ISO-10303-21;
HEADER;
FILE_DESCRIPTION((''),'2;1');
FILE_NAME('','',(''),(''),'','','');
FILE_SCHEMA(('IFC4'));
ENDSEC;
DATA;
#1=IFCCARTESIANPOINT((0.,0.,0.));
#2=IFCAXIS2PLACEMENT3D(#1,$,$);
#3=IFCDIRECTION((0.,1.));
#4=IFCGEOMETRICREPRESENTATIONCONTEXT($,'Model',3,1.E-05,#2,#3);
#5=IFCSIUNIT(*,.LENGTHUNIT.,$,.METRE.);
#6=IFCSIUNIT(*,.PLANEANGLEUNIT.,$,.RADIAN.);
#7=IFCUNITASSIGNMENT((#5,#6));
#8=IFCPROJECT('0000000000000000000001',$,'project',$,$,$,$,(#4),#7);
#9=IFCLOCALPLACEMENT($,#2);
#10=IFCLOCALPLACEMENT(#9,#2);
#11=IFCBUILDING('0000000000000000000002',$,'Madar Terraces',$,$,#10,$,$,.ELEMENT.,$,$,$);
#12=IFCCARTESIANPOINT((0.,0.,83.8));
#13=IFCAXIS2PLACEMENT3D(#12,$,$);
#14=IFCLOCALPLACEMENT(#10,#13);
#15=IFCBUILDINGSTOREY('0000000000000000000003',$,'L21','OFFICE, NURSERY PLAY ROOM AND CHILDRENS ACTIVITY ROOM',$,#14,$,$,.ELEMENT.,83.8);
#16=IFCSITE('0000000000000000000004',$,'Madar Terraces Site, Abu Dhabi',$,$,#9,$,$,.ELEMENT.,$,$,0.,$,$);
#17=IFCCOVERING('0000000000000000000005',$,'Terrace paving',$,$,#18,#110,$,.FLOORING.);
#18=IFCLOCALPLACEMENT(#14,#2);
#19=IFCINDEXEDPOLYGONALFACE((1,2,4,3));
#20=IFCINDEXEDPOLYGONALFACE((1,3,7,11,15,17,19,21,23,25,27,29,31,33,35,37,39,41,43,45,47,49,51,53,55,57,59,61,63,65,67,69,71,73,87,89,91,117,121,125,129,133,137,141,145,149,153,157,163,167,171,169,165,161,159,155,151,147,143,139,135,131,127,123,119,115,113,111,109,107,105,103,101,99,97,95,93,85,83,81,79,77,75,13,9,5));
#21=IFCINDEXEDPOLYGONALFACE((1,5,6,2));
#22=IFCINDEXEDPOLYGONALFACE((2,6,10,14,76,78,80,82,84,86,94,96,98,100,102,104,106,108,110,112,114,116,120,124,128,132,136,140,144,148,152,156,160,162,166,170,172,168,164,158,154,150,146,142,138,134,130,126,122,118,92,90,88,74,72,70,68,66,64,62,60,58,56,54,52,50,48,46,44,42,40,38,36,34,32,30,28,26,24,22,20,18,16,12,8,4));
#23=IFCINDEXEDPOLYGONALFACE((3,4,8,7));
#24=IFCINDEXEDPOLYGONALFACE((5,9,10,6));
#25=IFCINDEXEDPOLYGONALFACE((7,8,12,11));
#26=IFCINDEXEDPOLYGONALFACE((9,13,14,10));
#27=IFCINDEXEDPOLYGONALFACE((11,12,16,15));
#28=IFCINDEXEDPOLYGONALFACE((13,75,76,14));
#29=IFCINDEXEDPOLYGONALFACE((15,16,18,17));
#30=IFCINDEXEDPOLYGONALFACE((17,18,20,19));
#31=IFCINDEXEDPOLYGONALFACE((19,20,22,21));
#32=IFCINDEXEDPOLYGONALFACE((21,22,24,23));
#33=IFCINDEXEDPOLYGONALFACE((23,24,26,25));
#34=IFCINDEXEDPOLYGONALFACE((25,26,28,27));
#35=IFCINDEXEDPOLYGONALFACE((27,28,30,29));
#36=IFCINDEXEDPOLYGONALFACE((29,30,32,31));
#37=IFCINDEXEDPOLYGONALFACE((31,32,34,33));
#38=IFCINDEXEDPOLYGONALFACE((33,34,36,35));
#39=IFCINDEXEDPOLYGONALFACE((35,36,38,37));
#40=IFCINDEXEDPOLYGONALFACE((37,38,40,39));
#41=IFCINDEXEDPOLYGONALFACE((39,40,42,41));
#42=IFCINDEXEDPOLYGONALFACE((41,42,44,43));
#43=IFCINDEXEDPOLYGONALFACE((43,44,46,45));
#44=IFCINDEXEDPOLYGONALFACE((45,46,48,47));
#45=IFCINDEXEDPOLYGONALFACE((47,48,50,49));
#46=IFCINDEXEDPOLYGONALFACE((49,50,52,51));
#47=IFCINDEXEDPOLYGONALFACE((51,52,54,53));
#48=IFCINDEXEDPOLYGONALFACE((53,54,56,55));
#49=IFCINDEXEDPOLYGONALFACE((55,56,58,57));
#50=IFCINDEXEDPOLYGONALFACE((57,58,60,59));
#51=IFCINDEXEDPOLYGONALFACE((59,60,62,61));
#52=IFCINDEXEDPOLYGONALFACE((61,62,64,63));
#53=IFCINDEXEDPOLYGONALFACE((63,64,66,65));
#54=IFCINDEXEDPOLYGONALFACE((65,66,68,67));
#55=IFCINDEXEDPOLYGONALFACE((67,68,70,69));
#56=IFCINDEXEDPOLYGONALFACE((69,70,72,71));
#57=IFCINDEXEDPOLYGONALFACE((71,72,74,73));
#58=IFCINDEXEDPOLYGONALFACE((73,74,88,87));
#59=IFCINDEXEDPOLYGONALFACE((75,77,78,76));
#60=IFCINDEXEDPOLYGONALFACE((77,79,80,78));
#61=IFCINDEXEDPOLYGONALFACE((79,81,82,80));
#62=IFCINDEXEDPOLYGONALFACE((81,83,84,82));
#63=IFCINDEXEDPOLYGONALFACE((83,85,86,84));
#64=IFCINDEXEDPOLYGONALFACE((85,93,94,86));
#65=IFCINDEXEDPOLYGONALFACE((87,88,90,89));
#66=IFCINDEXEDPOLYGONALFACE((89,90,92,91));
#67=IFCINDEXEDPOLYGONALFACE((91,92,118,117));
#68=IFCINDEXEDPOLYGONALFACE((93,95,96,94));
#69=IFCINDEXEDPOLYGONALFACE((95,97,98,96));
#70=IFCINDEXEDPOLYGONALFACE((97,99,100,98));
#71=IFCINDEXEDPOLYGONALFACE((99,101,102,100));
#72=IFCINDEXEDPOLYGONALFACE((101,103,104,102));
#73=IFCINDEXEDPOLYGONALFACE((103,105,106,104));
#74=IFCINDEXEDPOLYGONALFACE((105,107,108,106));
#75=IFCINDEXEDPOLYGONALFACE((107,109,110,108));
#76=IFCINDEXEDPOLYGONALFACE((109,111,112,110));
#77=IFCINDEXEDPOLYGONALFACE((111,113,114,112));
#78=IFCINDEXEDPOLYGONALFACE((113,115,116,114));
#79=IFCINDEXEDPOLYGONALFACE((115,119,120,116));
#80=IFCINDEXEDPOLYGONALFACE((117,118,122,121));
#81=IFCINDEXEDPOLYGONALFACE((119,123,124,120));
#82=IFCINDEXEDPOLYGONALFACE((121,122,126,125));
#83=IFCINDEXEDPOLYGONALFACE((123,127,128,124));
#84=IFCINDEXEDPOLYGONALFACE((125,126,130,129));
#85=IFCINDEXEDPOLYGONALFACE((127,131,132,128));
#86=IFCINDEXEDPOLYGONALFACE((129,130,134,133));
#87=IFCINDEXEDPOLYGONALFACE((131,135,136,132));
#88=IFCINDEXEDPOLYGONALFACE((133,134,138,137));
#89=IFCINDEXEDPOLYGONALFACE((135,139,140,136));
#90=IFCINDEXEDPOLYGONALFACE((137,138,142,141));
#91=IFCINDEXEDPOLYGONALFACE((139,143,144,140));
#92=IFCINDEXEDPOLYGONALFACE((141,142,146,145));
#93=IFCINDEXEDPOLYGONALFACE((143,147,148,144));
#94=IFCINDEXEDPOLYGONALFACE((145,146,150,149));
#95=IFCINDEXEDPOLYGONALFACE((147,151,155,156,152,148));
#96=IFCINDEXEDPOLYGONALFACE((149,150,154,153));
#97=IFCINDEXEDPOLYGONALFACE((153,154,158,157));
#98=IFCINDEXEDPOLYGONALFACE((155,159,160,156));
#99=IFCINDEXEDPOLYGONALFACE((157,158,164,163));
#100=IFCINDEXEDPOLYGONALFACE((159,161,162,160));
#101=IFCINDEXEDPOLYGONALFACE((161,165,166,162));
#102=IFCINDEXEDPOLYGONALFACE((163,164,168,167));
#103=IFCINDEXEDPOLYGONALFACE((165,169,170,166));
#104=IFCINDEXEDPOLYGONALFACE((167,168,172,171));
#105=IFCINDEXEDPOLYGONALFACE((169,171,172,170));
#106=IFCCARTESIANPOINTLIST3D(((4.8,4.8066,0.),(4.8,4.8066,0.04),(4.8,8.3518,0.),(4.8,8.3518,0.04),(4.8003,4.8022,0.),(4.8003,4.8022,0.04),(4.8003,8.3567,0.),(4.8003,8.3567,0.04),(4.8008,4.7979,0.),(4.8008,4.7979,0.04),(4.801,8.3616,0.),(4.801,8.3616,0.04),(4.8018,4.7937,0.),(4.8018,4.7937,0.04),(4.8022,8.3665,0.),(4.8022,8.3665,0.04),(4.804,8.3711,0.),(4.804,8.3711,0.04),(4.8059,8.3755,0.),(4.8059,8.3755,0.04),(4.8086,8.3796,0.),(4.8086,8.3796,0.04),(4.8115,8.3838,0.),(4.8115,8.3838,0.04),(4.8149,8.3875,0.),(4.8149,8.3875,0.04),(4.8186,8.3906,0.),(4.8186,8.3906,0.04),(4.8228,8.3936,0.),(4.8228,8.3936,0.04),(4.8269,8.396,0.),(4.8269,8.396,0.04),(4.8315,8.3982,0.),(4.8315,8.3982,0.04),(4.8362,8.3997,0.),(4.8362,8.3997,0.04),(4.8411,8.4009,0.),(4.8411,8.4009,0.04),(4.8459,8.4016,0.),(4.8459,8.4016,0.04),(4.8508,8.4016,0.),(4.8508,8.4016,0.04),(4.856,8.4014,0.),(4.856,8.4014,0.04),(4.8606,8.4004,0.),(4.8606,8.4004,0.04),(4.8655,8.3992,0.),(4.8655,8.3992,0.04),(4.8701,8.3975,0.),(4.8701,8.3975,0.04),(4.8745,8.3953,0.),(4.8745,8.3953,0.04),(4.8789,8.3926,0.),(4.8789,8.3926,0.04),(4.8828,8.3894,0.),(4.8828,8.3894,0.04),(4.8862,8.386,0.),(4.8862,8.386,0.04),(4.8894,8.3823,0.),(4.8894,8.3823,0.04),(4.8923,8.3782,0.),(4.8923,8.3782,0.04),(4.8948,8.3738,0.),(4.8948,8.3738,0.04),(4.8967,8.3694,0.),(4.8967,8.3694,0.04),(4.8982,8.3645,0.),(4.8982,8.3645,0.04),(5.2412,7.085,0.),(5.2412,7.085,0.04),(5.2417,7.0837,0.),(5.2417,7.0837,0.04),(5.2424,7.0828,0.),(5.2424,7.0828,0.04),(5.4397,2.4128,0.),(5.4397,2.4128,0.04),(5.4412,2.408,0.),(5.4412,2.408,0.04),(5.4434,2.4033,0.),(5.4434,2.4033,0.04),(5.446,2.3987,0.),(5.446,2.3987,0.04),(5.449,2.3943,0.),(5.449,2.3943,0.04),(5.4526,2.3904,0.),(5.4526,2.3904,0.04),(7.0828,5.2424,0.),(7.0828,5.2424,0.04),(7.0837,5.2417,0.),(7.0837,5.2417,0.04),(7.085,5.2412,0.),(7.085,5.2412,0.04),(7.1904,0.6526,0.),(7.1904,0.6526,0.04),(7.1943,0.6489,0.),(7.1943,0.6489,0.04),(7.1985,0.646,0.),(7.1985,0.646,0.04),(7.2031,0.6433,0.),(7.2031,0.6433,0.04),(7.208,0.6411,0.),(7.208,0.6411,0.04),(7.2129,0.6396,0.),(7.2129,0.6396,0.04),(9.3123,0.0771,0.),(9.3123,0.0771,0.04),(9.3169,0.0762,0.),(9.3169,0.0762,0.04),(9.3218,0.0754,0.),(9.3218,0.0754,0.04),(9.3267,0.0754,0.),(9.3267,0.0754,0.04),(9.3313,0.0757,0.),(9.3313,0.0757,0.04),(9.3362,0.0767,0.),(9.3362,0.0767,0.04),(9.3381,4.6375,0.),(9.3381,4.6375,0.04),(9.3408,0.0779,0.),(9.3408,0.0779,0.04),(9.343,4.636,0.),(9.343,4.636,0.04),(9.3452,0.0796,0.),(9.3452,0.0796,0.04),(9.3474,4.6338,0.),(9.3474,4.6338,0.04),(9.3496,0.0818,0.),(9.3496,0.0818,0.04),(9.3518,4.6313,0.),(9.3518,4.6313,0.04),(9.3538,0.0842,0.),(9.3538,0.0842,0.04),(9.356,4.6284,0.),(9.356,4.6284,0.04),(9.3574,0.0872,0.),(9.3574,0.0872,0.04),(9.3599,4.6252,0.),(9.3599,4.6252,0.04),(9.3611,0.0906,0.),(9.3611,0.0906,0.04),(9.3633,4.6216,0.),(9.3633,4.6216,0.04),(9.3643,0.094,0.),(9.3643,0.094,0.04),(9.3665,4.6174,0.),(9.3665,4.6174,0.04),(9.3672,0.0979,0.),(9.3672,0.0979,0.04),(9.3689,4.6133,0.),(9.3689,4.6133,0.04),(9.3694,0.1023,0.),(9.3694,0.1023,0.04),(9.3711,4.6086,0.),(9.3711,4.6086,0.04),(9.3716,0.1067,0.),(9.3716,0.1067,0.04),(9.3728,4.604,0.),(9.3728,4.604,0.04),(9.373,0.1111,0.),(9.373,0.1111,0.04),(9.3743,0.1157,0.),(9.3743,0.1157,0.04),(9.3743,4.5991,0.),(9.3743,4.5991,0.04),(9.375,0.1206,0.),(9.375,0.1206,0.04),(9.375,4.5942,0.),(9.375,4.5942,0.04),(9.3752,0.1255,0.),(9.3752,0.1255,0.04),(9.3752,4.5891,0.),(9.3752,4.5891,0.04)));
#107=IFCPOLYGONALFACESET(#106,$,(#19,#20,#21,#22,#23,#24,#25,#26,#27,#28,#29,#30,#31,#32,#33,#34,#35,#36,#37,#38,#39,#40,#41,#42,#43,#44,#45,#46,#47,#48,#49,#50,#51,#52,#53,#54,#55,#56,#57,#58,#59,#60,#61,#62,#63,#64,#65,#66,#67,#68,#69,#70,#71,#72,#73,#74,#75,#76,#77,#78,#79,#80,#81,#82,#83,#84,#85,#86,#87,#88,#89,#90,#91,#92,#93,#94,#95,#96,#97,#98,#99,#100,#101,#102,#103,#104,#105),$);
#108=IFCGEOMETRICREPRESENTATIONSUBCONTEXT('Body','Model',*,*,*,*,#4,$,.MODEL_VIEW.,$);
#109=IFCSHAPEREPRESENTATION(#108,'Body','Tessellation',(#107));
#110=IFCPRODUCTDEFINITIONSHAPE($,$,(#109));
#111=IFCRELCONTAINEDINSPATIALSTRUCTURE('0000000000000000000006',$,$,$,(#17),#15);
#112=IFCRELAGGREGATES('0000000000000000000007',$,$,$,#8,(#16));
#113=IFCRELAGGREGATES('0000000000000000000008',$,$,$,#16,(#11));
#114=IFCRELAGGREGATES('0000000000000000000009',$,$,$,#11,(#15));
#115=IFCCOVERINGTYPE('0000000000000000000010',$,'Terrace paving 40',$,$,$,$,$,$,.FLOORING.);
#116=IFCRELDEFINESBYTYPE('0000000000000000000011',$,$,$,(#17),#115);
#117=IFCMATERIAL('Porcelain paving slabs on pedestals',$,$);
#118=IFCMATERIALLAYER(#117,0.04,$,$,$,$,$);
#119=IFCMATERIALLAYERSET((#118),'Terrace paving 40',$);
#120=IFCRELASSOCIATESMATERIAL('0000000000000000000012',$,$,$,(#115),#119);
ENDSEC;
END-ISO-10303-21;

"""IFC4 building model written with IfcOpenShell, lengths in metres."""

from ifc_helpers import new_model, si_unit, direction, frame, origin, place, context, subcontext, project, spatial, polyline, outline, extrude, material, layer, layer_set, type_object, element, save


model = new_model("IFC4")

# Units and contexts
model_context = context("Model", 3, precision=1e-05, world=origin(), true_north=direction((0.0, 1.0)))
body_context = subcontext(model_context, "Body", "Model", "MODEL_VIEW")
ifc_project = project(units=[si_unit("LENGTHUNIT", "METRE"), si_unit("PLANEANGLEUNIT", "RADIAN")], contexts=[model_context])

# Site, building, storey
site_placement = place(None, origin())
site = spatial("IfcSite", under=ifc_project, at=site_placement, Name="Madar Terraces Site, Abu Dhabi", CompositionType="ELEMENT", RefElevation=0.0)
building_placement = place(site_placement, origin())
building = spatial("IfcBuilding", under=site, at=building_placement, Name="Madar Terraces", CompositionType="ELEMENT")
storey_placement = place(building_placement, frame((0.0, 0.0, 83.8)))
storey = spatial("IfcBuildingStorey", under=building, at=storey_placement, Name="L21", Description="OFFICE, NURSERY PLAY ROOM AND CHILDRENS ACTIVITY ROOM", CompositionType="ELEMENT", Elevation=83.8)

# Covering
ifc_material_1 = material(Name="Porcelain paving slabs on pedestals")
ifc_layer_1 = layer(ifc_material_1, 0.04)
ifc_layer_set_1 = layer_set([ifc_layer_1], Name="Terrace paving 40")
covering_type = type_object("IfcCoveringType", Name="Terrace paving 40", PredefinedType="FLOORING", material=ifc_layer_set_1)
covering_1_placement = place(storey_placement, origin())
element("IfcCovering", 1, at=covering_1_placement, inside=storey, type_object=covering_type, Name="Terrace paving", PredefinedType="FLOORING", context=body_context, shape_type="SweptSolid", body=[
    extrude(outline(polyline([(7.0837, 5.2417), (7.085, 5.2412), (9.3381, 4.6375), (9.343, 4.636), (9.3474, 4.6338), (9.3518, 4.6313), (9.356, 4.6284), (9.3599, 4.6252), (9.3633, 4.6216), (9.3665, 4.6174), (9.3689, 4.6133), (9.3711, 4.6086), (9.3728, 4.604), (9.3743, 4.5991), (9.375, 4.5942), (9.3752, 4.5891), (9.3752, 0.1255), (9.375, 0.1206), (9.3743, 0.1157), (9.373, 0.1111), (9.3716, 0.1067), (9.3694, 0.1023), (9.3672, 0.0979), (9.3643, 0.094), (9.3611, 0.0906), (9.3574, 0.0872), (9.3538, 0.0842), (9.3496, 0.0818), (9.3452, 0.0796), (9.3408, 0.0779), (9.3362, 0.0767), (9.3313, 0.0757), (9.3267, 0.0754), (9.3218, 0.0754), (9.3169, 0.0762), (9.3123, 0.0771), (7.2129, 0.6396), (7.208, 0.6411), (7.2031, 0.6433), (7.1985, 0.646), (7.1943, 0.6489), (7.1904, 0.6526), (5.4526, 2.3904), (5.449, 2.3943), (5.446, 2.3987), (5.4434, 2.4033), (5.4412, 2.408), (5.4397, 2.4128), (4.8018, 4.7937), (4.8008, 4.7979), (4.8003, 4.8022), (4.8, 4.8066), (4.8, 8.3518), (4.8003, 8.3567), (4.801, 8.3616), (4.8022, 8.3665), (4.804, 8.3711), (4.8059, 8.3755), (4.8086, 8.3796), (4.8115, 8.3838), (4.8149, 8.3875), (4.8186, 8.3906), (4.8228, 8.3936), (4.8269, 8.396), (4.8315, 8.3982), (4.8362, 8.3997), (4.8411, 8.4009), (4.8459, 8.4016), (4.8508, 8.4016), (4.856, 8.4014), (4.8606, 8.4004), (4.8655, 8.3992), (4.8701, 8.3975), (4.8745, 8.3953), (4.8789, 8.3926), (4.8828, 8.3894), (4.8862, 8.386), (4.8894, 8.3823), (4.8923, 8.3782), (4.8948, 8.3738), (4.8967, 8.3694), (4.8982, 8.3645), (5.2412, 7.085), (5.2417, 7.0837), (5.2424, 7.0828), (7.0828, 5.2424), (7.0837, 5.2417)])), origin(), (0.0, 0.0, 1.0), 0.04),
])

save(model, "model.ifc")
